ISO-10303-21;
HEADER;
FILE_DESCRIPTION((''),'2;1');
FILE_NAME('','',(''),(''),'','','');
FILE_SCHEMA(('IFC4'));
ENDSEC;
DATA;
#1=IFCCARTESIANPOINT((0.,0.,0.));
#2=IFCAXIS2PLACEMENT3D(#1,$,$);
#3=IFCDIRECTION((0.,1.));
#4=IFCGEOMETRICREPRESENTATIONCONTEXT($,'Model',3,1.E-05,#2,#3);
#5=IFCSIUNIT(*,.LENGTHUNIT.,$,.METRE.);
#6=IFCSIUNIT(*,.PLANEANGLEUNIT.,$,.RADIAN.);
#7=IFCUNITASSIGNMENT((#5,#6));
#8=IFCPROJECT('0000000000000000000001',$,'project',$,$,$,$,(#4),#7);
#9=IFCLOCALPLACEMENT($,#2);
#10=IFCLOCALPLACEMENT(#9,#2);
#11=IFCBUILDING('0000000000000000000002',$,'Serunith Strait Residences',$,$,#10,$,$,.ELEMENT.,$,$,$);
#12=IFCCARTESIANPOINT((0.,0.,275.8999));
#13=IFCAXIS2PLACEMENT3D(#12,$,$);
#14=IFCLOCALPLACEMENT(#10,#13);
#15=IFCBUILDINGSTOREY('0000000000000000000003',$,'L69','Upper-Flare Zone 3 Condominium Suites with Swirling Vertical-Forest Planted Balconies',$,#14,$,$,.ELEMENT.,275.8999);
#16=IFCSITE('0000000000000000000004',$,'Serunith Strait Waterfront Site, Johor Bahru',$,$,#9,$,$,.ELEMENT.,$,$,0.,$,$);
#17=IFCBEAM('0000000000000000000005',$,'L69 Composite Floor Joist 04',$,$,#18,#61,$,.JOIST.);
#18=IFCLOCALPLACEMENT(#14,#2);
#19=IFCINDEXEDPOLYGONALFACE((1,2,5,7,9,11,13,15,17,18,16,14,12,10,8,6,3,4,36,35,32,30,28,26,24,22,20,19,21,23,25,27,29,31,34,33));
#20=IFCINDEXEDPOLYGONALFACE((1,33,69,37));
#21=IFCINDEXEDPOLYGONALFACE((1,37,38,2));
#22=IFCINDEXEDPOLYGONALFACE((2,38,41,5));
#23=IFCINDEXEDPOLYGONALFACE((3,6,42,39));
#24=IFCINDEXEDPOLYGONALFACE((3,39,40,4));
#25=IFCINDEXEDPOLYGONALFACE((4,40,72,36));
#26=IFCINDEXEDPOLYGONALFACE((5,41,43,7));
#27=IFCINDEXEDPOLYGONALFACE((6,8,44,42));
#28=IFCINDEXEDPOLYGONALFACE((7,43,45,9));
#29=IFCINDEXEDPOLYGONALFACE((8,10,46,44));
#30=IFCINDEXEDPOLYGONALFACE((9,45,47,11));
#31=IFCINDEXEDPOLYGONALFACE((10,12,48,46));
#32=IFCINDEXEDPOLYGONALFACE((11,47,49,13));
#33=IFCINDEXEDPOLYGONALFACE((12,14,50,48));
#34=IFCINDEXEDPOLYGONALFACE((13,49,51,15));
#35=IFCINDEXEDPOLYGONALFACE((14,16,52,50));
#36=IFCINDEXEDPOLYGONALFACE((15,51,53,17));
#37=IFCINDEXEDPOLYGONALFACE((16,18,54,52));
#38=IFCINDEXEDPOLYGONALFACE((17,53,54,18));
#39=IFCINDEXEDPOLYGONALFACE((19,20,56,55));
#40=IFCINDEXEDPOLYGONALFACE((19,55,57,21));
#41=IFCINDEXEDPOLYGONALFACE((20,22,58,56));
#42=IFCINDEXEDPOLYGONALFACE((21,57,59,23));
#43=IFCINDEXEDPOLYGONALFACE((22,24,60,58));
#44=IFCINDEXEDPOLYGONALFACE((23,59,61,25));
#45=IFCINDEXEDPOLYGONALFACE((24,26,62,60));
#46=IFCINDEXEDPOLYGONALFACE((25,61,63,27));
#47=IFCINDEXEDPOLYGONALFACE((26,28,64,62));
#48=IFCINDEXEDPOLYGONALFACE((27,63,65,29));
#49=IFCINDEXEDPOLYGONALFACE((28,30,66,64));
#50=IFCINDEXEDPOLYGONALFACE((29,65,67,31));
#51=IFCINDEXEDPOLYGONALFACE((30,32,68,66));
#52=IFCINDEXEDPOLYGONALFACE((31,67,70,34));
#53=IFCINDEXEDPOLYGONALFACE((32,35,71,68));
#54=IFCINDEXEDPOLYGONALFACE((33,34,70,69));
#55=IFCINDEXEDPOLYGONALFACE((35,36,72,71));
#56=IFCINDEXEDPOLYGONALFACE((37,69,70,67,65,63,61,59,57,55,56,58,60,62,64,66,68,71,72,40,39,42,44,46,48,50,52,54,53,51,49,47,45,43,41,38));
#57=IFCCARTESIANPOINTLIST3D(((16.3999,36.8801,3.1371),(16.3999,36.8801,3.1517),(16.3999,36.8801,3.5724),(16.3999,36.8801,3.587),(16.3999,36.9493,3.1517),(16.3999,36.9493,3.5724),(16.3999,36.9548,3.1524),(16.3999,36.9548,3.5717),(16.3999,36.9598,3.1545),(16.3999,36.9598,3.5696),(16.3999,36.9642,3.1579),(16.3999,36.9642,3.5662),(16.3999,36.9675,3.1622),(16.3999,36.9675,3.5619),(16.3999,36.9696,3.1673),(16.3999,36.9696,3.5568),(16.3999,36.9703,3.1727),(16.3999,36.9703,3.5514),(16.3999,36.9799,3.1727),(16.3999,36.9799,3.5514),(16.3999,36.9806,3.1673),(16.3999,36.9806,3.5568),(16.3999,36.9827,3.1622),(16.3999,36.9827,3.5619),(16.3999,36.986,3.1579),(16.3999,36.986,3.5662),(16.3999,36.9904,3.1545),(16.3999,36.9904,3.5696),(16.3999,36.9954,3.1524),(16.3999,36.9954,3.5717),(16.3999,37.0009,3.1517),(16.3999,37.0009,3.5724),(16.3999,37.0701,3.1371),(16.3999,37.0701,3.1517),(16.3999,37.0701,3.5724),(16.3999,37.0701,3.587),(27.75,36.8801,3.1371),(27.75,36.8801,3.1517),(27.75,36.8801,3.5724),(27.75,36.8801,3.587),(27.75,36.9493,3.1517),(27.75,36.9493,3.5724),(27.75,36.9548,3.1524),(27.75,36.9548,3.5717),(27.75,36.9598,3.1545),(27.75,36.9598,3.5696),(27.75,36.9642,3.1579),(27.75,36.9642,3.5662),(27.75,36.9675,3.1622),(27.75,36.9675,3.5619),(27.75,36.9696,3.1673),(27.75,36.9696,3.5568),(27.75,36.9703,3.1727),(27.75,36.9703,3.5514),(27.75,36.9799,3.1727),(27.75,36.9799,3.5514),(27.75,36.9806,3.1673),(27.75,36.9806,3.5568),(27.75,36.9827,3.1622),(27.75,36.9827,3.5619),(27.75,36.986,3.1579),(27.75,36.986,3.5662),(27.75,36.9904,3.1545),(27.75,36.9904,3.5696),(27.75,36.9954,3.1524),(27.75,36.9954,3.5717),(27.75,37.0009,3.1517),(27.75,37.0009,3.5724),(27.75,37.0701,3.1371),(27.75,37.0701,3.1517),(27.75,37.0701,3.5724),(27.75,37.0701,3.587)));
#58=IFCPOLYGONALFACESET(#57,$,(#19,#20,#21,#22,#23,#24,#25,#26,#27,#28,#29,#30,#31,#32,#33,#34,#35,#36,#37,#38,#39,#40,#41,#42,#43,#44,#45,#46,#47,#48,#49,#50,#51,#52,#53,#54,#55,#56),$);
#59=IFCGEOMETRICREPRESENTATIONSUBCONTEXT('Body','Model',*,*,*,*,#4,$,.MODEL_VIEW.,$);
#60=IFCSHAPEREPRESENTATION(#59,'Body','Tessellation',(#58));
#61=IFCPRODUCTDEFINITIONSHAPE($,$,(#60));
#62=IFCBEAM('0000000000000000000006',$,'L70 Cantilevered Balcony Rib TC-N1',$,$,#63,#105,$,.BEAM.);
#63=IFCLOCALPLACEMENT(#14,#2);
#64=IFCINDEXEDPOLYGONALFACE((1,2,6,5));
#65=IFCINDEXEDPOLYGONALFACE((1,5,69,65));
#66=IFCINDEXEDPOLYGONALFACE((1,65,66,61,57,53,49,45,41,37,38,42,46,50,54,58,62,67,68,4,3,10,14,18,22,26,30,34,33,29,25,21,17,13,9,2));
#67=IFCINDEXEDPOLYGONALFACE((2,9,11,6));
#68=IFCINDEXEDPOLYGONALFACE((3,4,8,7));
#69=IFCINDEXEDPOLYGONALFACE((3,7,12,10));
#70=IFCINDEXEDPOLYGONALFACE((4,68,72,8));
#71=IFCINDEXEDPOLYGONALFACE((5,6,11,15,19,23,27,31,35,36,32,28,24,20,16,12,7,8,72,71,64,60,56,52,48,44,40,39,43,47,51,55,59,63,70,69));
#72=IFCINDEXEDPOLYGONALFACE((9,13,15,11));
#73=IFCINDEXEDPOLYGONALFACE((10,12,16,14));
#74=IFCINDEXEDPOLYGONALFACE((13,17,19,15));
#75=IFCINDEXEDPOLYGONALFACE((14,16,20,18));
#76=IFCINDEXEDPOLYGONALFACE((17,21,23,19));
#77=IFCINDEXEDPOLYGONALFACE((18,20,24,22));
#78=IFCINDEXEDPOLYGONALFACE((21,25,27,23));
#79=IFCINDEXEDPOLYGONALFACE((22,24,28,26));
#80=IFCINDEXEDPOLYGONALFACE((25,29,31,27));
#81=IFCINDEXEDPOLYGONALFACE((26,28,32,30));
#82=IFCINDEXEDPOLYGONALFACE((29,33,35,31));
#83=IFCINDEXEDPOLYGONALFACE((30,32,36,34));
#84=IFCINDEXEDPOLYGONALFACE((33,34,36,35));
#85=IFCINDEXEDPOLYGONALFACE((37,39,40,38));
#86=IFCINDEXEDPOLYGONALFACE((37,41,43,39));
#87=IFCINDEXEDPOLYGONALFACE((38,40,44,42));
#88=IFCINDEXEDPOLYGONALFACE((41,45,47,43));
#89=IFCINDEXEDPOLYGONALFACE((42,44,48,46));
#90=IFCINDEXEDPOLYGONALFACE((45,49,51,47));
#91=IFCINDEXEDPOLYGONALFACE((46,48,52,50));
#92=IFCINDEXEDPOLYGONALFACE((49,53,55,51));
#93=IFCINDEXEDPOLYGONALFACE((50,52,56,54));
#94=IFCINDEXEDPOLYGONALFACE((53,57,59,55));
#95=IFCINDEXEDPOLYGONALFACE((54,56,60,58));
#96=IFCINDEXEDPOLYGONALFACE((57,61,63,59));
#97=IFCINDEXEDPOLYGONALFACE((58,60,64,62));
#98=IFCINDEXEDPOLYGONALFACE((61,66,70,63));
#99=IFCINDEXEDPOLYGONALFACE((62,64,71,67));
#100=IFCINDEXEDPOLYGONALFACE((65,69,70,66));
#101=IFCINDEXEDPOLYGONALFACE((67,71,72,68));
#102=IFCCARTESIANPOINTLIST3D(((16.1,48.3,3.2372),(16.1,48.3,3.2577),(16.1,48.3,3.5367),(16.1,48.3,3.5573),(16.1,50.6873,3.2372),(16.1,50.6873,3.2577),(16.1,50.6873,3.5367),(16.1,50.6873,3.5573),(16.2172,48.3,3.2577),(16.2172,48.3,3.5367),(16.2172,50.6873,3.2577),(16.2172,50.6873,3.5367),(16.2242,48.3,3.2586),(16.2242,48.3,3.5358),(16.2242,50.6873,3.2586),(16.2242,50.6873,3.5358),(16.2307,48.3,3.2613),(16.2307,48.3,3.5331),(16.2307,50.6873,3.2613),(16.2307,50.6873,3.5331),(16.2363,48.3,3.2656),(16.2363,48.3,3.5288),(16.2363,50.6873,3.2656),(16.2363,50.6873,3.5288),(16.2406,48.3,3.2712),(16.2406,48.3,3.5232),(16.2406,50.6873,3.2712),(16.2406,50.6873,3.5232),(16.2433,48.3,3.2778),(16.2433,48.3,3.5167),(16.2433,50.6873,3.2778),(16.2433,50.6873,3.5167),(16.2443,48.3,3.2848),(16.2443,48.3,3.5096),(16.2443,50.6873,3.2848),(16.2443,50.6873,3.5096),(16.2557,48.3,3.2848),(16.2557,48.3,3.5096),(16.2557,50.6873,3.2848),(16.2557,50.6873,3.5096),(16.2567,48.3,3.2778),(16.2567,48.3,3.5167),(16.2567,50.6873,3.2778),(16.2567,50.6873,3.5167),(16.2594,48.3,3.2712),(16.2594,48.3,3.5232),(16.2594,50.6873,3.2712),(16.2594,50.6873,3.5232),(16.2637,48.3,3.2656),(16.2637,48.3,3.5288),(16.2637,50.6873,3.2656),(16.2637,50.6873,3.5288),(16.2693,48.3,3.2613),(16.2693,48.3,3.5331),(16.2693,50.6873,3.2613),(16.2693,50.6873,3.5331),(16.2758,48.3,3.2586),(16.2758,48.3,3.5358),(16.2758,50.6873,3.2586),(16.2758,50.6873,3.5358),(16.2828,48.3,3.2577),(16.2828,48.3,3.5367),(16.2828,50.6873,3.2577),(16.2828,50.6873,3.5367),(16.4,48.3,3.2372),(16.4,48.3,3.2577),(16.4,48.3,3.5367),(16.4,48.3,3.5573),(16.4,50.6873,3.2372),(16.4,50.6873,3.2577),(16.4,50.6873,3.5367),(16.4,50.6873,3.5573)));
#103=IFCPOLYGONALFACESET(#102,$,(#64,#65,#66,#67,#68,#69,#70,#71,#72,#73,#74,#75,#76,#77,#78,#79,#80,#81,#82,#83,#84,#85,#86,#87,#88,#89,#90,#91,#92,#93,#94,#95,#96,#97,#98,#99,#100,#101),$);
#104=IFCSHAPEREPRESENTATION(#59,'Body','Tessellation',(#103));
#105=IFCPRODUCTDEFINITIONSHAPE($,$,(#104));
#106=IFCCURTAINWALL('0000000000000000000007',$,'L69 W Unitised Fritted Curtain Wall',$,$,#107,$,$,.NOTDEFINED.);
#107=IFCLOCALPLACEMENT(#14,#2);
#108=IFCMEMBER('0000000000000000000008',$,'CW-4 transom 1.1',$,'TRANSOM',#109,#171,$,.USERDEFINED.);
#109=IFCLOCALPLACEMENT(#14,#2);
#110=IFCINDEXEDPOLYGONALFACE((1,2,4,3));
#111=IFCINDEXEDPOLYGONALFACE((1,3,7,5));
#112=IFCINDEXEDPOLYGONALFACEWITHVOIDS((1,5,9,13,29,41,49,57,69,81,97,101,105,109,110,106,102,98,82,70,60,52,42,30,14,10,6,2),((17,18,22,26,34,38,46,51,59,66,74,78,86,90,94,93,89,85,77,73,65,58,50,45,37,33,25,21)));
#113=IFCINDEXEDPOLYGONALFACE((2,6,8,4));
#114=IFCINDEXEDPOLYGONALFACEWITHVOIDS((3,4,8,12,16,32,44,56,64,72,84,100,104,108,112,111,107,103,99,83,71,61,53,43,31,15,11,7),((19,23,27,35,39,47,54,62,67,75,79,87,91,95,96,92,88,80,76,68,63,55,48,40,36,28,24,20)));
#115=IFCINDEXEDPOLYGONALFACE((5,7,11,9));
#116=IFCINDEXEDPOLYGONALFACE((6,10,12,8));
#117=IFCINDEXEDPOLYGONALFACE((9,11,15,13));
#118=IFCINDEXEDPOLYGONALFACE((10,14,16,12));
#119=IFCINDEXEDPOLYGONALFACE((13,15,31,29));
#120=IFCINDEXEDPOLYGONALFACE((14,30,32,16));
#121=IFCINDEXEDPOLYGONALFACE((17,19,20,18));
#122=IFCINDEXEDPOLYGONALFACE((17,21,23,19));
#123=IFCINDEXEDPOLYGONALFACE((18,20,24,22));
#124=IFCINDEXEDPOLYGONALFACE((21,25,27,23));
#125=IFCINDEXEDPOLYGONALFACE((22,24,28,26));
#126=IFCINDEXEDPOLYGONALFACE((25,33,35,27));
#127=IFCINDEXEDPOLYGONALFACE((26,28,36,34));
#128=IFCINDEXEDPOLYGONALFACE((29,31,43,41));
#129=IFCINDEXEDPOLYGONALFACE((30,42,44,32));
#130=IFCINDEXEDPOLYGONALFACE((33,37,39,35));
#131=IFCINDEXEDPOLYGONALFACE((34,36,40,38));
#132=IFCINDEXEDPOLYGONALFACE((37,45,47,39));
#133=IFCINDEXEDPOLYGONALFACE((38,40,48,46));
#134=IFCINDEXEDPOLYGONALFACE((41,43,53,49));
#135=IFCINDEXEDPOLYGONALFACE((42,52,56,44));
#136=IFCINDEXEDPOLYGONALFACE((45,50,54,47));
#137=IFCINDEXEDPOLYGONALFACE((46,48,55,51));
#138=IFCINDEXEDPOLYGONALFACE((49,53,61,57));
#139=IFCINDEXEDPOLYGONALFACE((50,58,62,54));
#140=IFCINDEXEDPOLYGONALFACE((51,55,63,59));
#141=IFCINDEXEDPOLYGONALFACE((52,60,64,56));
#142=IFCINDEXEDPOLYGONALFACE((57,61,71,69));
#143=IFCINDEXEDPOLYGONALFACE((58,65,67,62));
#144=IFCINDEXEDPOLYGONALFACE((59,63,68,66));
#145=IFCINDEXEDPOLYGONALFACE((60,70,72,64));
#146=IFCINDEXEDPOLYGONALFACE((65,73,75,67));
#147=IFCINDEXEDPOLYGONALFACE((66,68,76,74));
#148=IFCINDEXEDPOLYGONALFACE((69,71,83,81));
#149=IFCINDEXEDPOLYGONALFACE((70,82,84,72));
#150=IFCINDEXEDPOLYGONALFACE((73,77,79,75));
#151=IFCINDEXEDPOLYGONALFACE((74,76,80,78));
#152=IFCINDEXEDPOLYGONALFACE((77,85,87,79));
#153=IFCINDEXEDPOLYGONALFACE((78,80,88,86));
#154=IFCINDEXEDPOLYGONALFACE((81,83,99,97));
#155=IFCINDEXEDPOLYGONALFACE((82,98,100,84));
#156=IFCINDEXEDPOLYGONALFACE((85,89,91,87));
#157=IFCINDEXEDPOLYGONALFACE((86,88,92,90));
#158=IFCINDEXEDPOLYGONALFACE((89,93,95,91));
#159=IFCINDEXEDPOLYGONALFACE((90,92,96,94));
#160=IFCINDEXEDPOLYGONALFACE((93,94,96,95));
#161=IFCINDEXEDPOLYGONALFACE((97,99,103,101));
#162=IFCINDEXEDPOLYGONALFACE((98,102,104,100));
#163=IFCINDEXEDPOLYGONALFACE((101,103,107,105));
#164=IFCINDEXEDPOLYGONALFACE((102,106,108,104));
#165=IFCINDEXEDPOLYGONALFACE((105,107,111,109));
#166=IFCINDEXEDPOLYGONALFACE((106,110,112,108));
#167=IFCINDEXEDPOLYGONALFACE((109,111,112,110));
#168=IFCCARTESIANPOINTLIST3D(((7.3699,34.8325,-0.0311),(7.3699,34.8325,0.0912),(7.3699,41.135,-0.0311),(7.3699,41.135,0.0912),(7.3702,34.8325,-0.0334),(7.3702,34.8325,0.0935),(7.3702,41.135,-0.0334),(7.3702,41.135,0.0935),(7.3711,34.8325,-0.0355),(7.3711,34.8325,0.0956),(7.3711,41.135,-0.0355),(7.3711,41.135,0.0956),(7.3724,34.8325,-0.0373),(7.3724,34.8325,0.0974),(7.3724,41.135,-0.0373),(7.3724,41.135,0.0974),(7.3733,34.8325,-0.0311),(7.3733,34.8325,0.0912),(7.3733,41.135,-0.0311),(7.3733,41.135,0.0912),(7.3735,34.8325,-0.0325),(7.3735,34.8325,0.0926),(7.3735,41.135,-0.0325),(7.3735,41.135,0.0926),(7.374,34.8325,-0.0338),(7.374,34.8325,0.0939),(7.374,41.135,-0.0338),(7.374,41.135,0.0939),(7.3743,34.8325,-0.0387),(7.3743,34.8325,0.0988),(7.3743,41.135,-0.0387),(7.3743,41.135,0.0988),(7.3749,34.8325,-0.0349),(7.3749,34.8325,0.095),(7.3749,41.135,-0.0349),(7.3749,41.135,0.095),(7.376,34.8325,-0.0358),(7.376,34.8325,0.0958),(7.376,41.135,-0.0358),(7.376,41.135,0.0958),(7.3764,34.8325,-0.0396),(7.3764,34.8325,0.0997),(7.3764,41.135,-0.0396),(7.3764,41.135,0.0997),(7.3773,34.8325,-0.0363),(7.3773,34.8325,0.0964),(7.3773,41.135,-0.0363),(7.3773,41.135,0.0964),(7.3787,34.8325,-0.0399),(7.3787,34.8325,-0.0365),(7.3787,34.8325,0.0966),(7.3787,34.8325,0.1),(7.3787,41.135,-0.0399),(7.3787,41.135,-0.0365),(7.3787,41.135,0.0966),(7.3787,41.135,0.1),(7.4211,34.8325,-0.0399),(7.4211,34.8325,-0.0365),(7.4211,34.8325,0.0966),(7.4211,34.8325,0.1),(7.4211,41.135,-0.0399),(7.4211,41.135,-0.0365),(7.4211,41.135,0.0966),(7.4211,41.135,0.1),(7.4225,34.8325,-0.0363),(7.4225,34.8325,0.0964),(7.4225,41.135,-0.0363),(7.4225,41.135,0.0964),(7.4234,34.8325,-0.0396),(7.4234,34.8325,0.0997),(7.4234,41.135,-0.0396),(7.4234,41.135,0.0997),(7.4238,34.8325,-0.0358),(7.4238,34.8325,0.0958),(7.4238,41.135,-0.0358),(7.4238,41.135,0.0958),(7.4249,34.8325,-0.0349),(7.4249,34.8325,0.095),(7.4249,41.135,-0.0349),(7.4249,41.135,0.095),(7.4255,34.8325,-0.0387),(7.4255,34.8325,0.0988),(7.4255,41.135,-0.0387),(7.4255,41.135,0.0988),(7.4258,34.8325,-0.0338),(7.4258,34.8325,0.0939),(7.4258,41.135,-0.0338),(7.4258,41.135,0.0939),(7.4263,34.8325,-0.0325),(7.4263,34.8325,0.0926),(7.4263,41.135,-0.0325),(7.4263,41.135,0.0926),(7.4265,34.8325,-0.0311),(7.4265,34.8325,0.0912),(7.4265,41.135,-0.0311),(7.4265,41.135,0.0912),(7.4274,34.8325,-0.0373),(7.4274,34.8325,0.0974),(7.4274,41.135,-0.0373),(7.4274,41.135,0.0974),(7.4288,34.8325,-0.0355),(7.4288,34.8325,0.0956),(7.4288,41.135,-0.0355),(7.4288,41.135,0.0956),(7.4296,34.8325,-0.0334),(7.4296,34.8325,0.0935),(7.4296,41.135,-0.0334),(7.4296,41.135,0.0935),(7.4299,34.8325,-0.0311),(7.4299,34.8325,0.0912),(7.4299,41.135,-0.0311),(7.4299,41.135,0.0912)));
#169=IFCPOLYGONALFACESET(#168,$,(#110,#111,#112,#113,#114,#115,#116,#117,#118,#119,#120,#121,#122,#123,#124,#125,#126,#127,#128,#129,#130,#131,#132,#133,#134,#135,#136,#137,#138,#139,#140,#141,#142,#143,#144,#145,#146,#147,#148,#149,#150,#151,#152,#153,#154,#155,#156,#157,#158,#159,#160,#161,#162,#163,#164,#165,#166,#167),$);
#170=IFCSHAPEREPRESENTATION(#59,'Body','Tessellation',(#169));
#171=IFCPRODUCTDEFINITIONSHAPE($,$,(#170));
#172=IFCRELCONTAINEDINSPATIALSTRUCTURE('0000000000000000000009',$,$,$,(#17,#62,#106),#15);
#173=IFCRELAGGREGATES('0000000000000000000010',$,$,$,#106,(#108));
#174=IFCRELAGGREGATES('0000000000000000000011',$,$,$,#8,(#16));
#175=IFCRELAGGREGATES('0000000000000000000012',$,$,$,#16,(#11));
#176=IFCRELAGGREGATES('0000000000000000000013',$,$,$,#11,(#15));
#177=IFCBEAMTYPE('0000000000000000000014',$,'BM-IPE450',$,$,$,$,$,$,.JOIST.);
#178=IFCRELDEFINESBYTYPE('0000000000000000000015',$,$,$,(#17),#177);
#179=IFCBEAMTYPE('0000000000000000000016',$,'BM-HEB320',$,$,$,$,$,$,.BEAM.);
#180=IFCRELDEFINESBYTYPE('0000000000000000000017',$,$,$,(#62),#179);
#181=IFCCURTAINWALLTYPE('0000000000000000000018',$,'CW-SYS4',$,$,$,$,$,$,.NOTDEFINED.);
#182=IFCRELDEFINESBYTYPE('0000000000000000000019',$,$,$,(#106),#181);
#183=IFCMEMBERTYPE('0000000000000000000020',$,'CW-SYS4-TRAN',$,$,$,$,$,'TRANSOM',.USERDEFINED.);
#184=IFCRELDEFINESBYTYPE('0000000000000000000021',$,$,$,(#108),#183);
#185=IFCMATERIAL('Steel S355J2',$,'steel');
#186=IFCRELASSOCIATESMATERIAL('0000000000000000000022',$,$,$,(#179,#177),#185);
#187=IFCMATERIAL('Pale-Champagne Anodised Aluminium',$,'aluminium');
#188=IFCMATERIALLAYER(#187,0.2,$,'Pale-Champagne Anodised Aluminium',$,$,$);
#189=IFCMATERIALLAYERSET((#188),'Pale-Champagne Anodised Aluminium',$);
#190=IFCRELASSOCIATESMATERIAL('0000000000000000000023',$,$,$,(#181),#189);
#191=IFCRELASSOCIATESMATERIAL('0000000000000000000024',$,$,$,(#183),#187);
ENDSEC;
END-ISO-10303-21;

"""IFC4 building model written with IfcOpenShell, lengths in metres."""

from ifc_helpers import new_model, si_unit, direction, frame, origin, origin_2d, place, context, subcontext, project, spatial, hollow_rectangle, i_section, extrude, source, transform, mapped, material, layer, layer_set, material_profile, profile_set, type_object, element, aggregate, save


model = new_model("IFC4")

# Units and contexts
model_context = context("Model", 3, precision=1e-05, world=origin(), true_north=direction((0.0, 1.0)))
body_context = subcontext(model_context, "Body", "Model", "MODEL_VIEW")
ifc_project = project(units=[si_unit("LENGTHUNIT", "METRE"), si_unit("PLANEANGLEUNIT", "RADIAN")], contexts=[model_context])

# Site, building, storey
site_placement = place(None, origin())
site = spatial("IfcSite", under=ifc_project, at=site_placement, Name="Serunith Strait Waterfront Site, Johor Bahru", CompositionType="ELEMENT", RefElevation=0.0)
building_placement = place(site_placement, origin())
building = spatial("IfcBuilding", under=site, at=building_placement, Name="Serunith Strait Residences", CompositionType="ELEMENT")
storey_placement = place(building_placement, frame((0.0, 0.0, 275.8999)))
storey = spatial("IfcBuildingStorey", under=building, at=storey_placement, Name="L69", Description="Upper-Flare Zone 3 Condominium Suites with Swirling Vertical-Forest Planted Balconies", CompositionType="ELEMENT", Elevation=275.8999)

# Beams
ifc_material_1 = material(Name="Steel S355J2", Category="steel")
ifc_material_profile_1 = material_profile(ifc_material_1, i_section(OverallWidth=0.3, OverallDepth=0.3201, WebThickness=0.0115, FlangeThickness=0.0205, FilletRadius=0.0271, at=origin_2d()), Name="HEB 320")
ifc_profile_set_1 = profile_set([ifc_material_profile_1], Name="Steel S355J2")
beam_type_1 = type_object("IfcBeamType", Name="BM-HEB320", PredefinedType="BEAM", material=ifc_profile_set_1)
ifc_material_profile_2 = material_profile(ifc_material_1, i_section(OverallWidth=0.1899, OverallDepth=0.45, WebThickness=0.0095, FlangeThickness=0.0146, FilletRadius=0.021, at=origin_2d()), Name="IPE 450")
ifc_profile_set_2 = profile_set([ifc_material_profile_2], Name="Steel S355J2")
beam_type_2 = type_object("IfcBeamType", Name="BM-IPE450", PredefinedType="JOIST", material=ifc_profile_set_2)
shared_shape_1 = source(origin(), body_context, "Body", "SweptSolid", [
    extrude(i_section(OverallWidth=0.1899, OverallDepth=0.45, WebThickness=0.0095, FlangeThickness=0.0146, FilletRadius=0.021, at=origin_2d()), origin(), (0.0, 0.0, 1.0), 11.3501),
])
beam_1_placement = place(storey_placement, frame((16.3999, 36.9751, 3.3621), z_axis=(1.0, 0.0, 0.0), x_axis=(0.0, 1.0, 0.0)))
element("IfcBeam", 1, at=beam_1_placement, inside=storey, type_object=beam_type_2, Name="L69 Composite Floor Joist 04", PredefinedType="JOIST", context=body_context, shape_type="MappedRepresentation", body=[
    mapped(shared_shape_1, transform((0.0, 0.0, 0.0), scale=1.0)),
])
shared_shape_2 = source(origin(), body_context, "Body", "SweptSolid", [
    extrude(i_section(OverallWidth=0.3, OverallDepth=0.3201, WebThickness=0.0115, FlangeThickness=0.0205, FilletRadius=0.0271, at=origin_2d()), origin(), (0.0, 0.0, 1.0), 2.3872),
])
beam_2_placement = place(storey_placement, frame((16.25, 48.3, 3.3972), z_axis=(0.0, 1.0, 0.0), x_axis=(-1.0, 0.0, 0.0)))
element("IfcBeam", 2, at=beam_2_placement, inside=storey, type_object=beam_type_1, Name="L70 Cantilevered Balcony Rib TC-N1", PredefinedType="BEAM", context=body_context, shape_type="MappedRepresentation", body=[
    mapped(shared_shape_2, transform((0.0, 0.0, 0.0), scale=1.0)),
])

# Curtain wall, member
ifc_material_2 = material(Name="Pale-Champagne Anodised Aluminium", Category="aluminium")
ifc_layer_1 = layer(ifc_material_2, 0.2, Name="Pale-Champagne Anodised Aluminium")
ifc_layer_set_1 = layer_set([ifc_layer_1], Name="Pale-Champagne Anodised Aluminium")
curtain_wall_type = type_object("IfcCurtainWallType", Name="CW-SYS4", PredefinedType="NOTDEFINED", material=ifc_layer_set_1)
curtain_wall_1_placement = place(storey_placement, origin())
curtain_wall_1 = element("IfcCurtainWall", 3, at=curtain_wall_1_placement, inside=storey, type_object=curtain_wall_type, Name="L69 W Unitised Fritted Curtain Wall", PredefinedType="NOTDEFINED")
ifc_material_profile_3 = material_profile(ifc_material_2, hollow_rectangle(XDim=0.0601, YDim=0.1399, WallThickness=0.0034, InnerFilletRadius=0.0054, OuterFilletRadius=0.0088, at=origin_2d()), Name="ALU 140x60x3.5")
ifc_profile_set_3 = profile_set([ifc_material_profile_3], Name="Pale-Champagne Anodised Aluminium")
member_type_1 = type_object("IfcMemberType", Name="CW-SYS4-TRAN", ElementType="TRANSOM", PredefinedType="USERDEFINED", material=ifc_profile_set_3)
shared_shape_3 = source(origin(), body_context, "Body", "SweptSolid", [
    extrude(hollow_rectangle(XDim=0.0601, YDim=0.1399, WallThickness=0.0034, InnerFilletRadius=0.0054, OuterFilletRadius=0.0088, at=origin_2d()), origin(), (0.0, 0.0, 1.0), 6.3025),
])
member_1_placement = place(storey_placement, frame((7.3999, 41.135, 0.03), z_axis=(0.0, -1.0, 0.0), x_axis=(1.0, 0.0, 0.0)))
member_1 = element("IfcMember", 4, at=member_1_placement, type_object=member_type_1, Name="CW-4 transom 1.1", ObjectType="TRANSOM", PredefinedType="USERDEFINED", context=body_context, shape_type="MappedRepresentation", body=[
    mapped(shared_shape_3, transform((0.0, 0.0, 0.0), scale=1.0)),
])

aggregate(curtain_wall_1, [member_1])

save(model, "model.ifc")
